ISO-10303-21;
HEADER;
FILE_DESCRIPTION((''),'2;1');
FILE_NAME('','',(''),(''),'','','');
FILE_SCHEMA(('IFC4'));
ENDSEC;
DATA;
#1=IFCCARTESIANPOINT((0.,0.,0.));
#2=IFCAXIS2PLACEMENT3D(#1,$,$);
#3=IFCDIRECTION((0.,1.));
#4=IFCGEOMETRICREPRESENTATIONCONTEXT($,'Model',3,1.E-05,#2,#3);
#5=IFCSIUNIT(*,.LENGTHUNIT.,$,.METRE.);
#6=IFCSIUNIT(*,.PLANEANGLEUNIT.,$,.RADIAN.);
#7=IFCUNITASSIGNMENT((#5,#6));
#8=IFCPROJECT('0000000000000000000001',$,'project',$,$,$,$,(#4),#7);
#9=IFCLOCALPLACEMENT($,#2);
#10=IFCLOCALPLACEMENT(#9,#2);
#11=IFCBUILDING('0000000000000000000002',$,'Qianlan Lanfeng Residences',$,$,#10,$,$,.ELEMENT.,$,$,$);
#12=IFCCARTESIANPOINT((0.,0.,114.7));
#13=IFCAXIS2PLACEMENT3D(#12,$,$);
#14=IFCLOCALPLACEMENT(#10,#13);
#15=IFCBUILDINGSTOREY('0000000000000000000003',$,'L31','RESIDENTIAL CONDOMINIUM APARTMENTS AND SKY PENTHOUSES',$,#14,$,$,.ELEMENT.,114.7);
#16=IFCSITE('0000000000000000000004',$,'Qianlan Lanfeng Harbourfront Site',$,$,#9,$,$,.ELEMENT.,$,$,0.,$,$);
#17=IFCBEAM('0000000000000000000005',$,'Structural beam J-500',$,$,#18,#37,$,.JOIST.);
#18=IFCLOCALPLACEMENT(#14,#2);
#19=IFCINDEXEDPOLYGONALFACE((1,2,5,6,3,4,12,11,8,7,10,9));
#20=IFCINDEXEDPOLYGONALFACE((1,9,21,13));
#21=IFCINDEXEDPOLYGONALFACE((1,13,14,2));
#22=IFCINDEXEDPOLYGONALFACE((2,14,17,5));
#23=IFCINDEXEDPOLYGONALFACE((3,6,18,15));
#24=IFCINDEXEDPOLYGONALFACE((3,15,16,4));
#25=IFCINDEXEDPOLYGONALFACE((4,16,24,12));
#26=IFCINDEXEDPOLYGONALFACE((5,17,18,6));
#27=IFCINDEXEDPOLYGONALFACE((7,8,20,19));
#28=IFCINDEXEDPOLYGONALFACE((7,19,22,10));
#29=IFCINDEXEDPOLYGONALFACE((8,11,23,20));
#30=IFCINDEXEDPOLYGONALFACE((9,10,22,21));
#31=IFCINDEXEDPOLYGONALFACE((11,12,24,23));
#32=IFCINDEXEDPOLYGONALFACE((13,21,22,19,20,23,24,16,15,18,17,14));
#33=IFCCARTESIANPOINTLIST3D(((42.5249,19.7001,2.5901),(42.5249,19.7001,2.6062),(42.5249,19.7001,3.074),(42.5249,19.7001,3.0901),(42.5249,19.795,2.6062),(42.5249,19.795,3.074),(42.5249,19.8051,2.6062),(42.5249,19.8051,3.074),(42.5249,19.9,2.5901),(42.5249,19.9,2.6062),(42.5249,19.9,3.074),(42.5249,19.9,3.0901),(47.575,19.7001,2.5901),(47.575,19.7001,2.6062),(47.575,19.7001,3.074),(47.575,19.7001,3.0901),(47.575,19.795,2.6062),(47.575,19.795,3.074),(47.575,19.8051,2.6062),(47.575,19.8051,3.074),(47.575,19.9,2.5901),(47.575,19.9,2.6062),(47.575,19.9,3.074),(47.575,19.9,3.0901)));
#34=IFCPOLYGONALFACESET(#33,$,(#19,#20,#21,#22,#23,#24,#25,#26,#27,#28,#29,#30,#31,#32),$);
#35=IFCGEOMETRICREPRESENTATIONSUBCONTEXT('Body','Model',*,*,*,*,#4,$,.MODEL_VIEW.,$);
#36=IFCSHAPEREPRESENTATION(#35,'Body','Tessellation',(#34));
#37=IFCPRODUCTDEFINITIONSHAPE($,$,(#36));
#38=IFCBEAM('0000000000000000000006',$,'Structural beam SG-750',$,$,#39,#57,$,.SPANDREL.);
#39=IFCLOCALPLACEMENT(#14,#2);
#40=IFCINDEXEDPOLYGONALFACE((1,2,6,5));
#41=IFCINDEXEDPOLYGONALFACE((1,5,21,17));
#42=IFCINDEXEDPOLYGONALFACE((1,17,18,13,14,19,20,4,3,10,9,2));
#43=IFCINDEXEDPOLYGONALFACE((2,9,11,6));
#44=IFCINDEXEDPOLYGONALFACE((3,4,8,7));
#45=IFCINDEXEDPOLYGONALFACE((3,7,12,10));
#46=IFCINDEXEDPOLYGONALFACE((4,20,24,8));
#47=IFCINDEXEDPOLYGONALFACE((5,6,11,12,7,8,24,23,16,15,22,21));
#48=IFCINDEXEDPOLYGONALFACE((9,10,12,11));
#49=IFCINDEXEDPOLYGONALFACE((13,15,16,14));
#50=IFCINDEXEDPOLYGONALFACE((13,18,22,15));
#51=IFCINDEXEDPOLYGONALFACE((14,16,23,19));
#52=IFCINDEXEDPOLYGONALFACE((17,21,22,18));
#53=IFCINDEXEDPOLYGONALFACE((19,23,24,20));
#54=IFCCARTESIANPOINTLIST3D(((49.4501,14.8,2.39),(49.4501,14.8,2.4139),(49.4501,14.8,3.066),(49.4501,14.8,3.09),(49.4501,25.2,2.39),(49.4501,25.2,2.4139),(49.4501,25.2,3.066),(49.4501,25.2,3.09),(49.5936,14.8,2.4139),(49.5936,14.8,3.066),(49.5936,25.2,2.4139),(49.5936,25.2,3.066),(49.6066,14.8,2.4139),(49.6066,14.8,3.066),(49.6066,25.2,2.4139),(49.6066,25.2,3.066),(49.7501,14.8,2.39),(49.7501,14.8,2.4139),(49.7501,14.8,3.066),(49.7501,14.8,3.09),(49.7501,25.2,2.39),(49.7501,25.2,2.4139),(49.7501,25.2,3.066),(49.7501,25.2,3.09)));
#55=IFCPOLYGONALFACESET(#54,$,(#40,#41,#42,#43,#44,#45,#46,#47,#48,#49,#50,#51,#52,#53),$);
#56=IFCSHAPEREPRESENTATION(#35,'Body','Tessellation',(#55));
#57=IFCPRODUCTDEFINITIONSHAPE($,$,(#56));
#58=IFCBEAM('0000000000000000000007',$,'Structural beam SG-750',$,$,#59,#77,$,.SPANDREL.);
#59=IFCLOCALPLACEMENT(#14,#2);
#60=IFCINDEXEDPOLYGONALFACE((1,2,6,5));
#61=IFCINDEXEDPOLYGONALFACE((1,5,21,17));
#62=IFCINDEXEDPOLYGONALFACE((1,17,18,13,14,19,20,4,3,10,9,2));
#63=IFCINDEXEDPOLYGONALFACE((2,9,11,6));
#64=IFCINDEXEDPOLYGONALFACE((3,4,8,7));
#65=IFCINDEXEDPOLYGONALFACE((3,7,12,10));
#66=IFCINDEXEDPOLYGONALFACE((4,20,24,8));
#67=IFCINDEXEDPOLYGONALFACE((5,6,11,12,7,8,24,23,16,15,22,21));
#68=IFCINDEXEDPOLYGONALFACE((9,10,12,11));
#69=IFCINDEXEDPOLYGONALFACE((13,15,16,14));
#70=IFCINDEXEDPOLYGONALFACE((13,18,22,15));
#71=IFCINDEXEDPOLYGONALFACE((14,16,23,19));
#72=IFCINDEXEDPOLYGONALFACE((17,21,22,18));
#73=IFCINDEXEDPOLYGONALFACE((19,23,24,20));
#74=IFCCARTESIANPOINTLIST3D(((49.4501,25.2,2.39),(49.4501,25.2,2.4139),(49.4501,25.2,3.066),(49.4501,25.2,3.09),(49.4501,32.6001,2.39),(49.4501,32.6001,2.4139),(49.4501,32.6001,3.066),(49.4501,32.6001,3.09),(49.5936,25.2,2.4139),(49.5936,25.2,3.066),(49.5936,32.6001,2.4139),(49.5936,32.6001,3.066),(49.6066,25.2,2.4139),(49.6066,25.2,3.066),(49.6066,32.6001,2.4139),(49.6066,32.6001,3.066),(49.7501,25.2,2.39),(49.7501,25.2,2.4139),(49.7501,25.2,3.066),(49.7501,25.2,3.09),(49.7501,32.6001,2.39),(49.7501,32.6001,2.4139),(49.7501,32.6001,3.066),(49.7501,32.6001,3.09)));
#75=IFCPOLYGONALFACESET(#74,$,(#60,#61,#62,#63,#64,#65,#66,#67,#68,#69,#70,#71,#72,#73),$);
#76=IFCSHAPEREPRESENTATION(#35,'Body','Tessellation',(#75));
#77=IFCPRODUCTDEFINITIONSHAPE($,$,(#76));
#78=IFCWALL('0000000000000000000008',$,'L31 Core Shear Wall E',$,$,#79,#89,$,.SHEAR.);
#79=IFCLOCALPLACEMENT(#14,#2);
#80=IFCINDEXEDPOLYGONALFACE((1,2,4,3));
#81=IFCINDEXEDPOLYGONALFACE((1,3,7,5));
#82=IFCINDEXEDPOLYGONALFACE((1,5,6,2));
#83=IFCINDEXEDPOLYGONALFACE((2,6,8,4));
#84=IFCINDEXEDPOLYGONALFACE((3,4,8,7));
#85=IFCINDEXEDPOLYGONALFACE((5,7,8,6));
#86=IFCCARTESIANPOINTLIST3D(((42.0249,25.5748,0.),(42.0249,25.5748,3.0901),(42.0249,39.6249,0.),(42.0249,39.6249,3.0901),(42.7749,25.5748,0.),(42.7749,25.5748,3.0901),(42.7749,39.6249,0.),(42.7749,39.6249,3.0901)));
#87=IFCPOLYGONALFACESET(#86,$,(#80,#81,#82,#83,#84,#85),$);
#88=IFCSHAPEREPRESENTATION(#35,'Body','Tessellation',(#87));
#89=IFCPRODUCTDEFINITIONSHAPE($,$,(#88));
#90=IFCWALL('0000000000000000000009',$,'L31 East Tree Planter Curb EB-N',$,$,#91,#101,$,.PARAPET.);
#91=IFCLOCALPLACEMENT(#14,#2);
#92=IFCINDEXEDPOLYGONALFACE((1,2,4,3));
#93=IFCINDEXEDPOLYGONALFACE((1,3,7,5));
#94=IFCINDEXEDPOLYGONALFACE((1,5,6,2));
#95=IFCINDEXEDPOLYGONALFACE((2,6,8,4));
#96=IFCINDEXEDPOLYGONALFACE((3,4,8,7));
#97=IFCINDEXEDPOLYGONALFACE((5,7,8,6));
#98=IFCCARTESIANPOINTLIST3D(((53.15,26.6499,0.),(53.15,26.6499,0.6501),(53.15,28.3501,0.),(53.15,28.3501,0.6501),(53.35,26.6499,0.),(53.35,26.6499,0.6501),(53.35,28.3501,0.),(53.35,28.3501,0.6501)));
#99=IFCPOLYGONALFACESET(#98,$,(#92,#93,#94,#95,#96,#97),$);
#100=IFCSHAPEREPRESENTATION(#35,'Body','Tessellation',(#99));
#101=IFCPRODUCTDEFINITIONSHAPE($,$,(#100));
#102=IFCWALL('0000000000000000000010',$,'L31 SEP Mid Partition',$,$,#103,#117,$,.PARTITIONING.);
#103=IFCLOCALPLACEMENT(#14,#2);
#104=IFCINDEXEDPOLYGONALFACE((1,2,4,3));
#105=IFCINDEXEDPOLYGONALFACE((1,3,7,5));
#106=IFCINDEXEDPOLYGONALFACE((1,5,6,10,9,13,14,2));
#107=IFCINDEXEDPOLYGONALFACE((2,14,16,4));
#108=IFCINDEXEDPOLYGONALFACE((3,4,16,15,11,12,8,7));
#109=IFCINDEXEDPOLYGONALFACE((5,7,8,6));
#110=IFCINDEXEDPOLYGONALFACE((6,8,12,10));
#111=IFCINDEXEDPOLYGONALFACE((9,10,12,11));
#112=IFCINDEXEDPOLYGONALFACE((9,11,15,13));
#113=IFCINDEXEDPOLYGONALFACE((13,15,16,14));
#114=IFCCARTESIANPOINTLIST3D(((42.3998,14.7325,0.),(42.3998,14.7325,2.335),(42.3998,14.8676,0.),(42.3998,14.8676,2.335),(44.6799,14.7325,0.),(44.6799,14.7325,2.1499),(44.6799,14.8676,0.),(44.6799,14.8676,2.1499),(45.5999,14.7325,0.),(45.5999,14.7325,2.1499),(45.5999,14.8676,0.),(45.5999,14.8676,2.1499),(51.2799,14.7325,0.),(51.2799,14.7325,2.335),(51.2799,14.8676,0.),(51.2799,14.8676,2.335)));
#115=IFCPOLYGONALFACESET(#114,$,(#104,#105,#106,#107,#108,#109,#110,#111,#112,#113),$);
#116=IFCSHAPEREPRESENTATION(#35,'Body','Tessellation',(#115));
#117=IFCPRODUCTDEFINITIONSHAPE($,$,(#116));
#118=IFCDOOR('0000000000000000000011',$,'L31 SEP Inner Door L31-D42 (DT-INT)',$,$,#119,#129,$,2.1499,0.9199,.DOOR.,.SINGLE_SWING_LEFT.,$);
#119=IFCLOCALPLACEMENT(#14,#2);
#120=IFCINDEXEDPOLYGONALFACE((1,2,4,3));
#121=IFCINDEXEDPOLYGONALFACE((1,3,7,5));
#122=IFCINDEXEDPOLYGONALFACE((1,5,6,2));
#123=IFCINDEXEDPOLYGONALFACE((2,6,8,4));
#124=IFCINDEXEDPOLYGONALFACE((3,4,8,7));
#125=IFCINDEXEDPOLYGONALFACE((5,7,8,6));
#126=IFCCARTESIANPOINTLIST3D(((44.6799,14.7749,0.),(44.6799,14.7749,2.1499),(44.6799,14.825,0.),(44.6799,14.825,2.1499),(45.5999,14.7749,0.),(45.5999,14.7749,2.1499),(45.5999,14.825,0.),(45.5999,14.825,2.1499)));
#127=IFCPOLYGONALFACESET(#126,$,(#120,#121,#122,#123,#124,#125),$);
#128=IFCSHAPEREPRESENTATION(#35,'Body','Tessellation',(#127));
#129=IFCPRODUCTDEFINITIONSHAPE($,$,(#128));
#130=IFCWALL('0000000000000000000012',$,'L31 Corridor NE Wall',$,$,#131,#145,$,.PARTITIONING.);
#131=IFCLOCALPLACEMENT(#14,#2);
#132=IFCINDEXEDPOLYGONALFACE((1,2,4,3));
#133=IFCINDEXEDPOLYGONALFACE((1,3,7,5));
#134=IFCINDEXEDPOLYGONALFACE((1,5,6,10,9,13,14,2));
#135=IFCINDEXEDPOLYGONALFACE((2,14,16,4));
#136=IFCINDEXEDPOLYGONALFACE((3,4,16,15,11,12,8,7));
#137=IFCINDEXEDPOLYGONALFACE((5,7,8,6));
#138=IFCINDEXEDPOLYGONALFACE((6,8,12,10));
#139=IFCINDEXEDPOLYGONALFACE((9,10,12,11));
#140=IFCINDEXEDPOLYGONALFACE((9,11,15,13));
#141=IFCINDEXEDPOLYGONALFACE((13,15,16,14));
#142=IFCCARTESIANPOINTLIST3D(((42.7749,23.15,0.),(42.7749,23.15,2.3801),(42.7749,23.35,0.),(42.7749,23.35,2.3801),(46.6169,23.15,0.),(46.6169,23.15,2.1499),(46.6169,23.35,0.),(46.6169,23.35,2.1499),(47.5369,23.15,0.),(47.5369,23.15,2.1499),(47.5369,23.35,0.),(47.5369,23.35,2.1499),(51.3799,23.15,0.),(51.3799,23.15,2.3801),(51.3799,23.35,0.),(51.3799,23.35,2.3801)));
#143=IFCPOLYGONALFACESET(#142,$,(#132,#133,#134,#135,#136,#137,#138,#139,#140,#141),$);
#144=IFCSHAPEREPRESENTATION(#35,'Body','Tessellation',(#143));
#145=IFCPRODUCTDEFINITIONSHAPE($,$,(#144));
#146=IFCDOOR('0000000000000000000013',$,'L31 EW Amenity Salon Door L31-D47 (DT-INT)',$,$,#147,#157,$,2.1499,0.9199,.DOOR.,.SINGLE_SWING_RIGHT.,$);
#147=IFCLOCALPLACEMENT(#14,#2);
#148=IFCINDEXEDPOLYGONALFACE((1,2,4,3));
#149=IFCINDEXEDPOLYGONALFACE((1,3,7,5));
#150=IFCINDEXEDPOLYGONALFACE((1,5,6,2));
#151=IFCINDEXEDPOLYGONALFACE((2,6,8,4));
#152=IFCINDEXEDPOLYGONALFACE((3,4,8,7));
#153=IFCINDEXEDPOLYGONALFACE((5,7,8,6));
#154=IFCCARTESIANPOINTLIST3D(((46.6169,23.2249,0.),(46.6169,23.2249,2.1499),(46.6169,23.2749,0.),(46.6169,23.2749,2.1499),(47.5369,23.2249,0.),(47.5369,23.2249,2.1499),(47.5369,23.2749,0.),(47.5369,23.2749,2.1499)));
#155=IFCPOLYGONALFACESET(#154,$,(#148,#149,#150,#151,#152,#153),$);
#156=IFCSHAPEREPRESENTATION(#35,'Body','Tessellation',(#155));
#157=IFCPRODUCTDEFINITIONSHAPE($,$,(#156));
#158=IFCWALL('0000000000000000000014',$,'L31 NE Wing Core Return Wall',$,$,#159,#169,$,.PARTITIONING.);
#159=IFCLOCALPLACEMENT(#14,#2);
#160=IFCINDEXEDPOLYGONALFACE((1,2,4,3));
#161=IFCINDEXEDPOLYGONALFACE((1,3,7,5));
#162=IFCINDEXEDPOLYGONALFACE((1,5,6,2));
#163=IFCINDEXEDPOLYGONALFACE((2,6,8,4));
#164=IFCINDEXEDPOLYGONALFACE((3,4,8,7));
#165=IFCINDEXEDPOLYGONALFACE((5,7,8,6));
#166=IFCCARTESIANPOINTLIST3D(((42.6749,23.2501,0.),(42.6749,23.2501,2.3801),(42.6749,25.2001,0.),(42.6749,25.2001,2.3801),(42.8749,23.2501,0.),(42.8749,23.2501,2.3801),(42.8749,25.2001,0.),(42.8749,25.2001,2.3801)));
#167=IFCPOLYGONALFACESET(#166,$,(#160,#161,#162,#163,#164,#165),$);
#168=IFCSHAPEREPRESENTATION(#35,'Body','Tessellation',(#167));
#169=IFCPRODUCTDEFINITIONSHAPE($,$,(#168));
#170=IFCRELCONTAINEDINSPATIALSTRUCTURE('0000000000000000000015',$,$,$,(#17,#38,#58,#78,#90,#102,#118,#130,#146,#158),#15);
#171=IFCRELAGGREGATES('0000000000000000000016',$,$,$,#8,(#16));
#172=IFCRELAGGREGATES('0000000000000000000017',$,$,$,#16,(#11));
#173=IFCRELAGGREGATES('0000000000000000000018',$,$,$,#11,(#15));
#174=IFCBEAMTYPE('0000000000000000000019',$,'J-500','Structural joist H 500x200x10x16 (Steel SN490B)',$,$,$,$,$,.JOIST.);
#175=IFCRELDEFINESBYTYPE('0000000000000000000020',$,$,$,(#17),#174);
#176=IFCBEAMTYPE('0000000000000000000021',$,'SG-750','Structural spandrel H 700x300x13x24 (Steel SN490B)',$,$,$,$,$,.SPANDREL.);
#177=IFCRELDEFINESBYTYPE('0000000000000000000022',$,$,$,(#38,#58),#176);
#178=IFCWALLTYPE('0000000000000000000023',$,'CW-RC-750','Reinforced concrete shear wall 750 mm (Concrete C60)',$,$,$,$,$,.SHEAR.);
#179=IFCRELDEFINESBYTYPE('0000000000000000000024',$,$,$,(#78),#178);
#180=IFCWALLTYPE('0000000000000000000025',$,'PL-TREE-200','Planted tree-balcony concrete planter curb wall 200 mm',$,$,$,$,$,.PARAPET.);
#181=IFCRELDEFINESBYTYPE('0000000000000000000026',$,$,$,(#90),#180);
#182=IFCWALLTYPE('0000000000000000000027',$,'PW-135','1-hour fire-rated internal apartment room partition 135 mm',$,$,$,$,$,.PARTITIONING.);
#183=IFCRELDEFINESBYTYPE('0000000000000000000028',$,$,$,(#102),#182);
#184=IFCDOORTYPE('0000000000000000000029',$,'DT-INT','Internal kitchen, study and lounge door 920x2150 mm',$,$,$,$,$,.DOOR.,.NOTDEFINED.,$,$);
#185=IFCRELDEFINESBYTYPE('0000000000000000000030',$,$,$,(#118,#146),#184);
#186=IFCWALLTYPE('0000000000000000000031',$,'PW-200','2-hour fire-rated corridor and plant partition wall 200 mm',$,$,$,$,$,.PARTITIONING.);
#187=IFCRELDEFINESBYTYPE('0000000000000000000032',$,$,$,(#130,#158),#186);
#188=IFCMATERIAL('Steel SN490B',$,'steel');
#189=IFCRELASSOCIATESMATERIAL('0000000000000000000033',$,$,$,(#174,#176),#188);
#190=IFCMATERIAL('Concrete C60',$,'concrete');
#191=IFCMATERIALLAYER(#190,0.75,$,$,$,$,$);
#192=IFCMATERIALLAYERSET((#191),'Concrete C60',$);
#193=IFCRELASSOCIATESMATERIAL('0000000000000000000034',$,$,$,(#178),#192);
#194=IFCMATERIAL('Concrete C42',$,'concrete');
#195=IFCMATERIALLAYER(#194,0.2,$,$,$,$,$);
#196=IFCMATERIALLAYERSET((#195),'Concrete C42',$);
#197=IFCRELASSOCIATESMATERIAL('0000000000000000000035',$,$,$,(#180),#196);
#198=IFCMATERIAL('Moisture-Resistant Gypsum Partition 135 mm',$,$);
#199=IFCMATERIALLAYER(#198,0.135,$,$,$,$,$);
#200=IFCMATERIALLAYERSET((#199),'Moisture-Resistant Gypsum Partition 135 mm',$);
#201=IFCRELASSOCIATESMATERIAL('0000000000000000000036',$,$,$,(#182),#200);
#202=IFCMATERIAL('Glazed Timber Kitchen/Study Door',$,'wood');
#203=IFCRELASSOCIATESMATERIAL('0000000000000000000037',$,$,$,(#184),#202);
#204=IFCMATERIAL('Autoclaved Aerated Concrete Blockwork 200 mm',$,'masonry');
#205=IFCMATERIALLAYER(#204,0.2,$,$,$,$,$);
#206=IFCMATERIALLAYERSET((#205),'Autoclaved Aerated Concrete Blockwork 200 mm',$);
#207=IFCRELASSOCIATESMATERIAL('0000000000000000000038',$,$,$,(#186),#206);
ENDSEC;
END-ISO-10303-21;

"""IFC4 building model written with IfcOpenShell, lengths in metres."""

from ifc_helpers import new_model, si_unit, direction, frame, frame_2d, origin, origin_2d, place, context, subcontext, project, spatial, rectangle, i_section, extrude, material, layer, layer_set, material_profile, profile_set, type_object, element, fill, save


model = new_model("IFC4")

# Units and contexts
model_context = context("Model", 3, precision=1e-05, world=origin(), true_north=direction((0.0, 1.0)))
body_context = subcontext(model_context, "Body", "Model", "MODEL_VIEW")
ifc_project = project(units=[si_unit("LENGTHUNIT", "METRE"), si_unit("PLANEANGLEUNIT", "RADIAN")], contexts=[model_context])

# Site, building, storey
site_placement = place(None, origin())
site = spatial("IfcSite", under=ifc_project, at=site_placement, Name="Qianlan Lanfeng Harbourfront Site", CompositionType="ELEMENT", RefElevation=0.0)
building_placement = place(site_placement, origin())
building = spatial("IfcBuilding", under=site, at=building_placement, Name="Qianlan Lanfeng Residences", CompositionType="ELEMENT")
storey_placement = place(building_placement, frame((0.0, 0.0, 114.7)))
storey = spatial("IfcBuildingStorey", under=building, at=storey_placement, Name="L31", Description="RESIDENTIAL CONDOMINIUM APARTMENTS AND SKY PENTHOUSES", CompositionType="ELEMENT", Elevation=114.7)

# Shared definitions
ifc_material_1 = material(Name="Steel SN490B", Category="steel")

# Beams
ifc_material_profile_1 = material_profile(ifc_material_1, i_section(OverallWidth=0.2, OverallDepth=0.5, WebThickness=0.01, FlangeThickness=0.0161, at=origin_2d()), Name="H 500x200x10x16")
ifc_profile_set_1 = profile_set([ifc_material_profile_1], Name="Steel SN490B")
beam_type_1 = type_object("IfcBeamType", Name="J-500", Description="Structural joist H 500x200x10x16 (Steel SN490B)", PredefinedType="JOIST", material=ifc_profile_set_1)
beam_1_placement = place(storey_placement, frame((42.5249, 19.8, 2.8401), z_axis=(1.0, 0.0, 0.0), x_axis=(0.0, 1.0, 0.0)))
element("IfcBeam", 1, at=beam_1_placement, inside=storey, type_object=beam_type_1, Name="Structural beam J-500", PredefinedType="JOIST", context=body_context, shape_type="SweptSolid", body=[
    extrude(i_section(OverallWidth=0.2, OverallDepth=0.5, WebThickness=0.01, FlangeThickness=0.0161, at=origin_2d()), origin(), (0.0, 0.0, 1.0), 5.05),
])
ifc_material_profile_2 = material_profile(ifc_material_1, i_section(OverallWidth=0.3, OverallDepth=0.7, WebThickness=0.0129, FlangeThickness=0.0239, at=origin_2d()), Name="H 700x300x13x24")
ifc_profile_set_2 = profile_set([ifc_material_profile_2], Name="Steel SN490B")
beam_type_2 = type_object("IfcBeamType", Name="SG-750", Description="Structural spandrel H 700x300x13x24 (Steel SN490B)", PredefinedType="SPANDREL", material=ifc_profile_set_2)
beam_2_placement = place(storey_placement, frame((49.6001, 14.8, 2.74), z_axis=(0.0, 1.0, 0.0), x_axis=(-1.0, 0.0, 0.0)))
element("IfcBeam", 2, at=beam_2_placement, inside=storey, type_object=beam_type_2, Name="Structural beam SG-750", PredefinedType="SPANDREL", context=body_context, shape_type="SweptSolid", body=[
    extrude(i_section(OverallWidth=0.3, OverallDepth=0.7, WebThickness=0.0129, FlangeThickness=0.0239, at=origin_2d()), origin(), (0.0, 0.0, 1.0), 10.3999),
])
beam_3_placement = place(storey_placement, frame((49.6001, 25.2, 2.74), z_axis=(0.0, 1.0, 0.0), x_axis=(-1.0, 0.0, 0.0)))
element("IfcBeam", 3, at=beam_3_placement, inside=storey, type_object=beam_type_2, Name="Structural beam SG-750", PredefinedType="SPANDREL", context=body_context, shape_type="SweptSolid", body=[
    extrude(i_section(OverallWidth=0.3, OverallDepth=0.7, WebThickness=0.0129, FlangeThickness=0.0239, at=origin_2d()), origin(), (0.0, 0.0, 1.0), 7.4001),
])

# Walls
ifc_material_2 = material(Name="Concrete C60", Category="concrete")
ifc_layer_1 = layer(ifc_material_2, 0.75)
ifc_layer_set_1 = layer_set([ifc_layer_1], Name="Concrete C60")
wall_type_1 = type_object("IfcWallType", Name="CW-RC-750", Description="Reinforced concrete shear wall 750 mm (Concrete C60)", PredefinedType="SHEAR", material=ifc_layer_set_1)
wall_1_placement = place(storey_placement, frame((42.3999, 25.575, 0.0), z_axis=(0.0, 0.0, 1.0), x_axis=(0.0, 1.0, 0.0)))
element("IfcWall", 4, at=wall_1_placement, inside=storey, type_object=wall_type_1, Name="L31 Core Shear Wall E", PredefinedType="SHEAR", context=body_context, shape_type="SweptSolid", body=[
    extrude(rectangle(XDim=14.05, YDim=0.75, at=frame_2d((7.0249, 0.0))), origin(), (0.0, 0.0, 1.0), 3.0901),
])
ifc_material_3 = material(Name="Concrete C42", Category="concrete")
ifc_layer_2 = layer(ifc_material_3, 0.2)
ifc_layer_set_2 = layer_set([ifc_layer_2], Name="Concrete C42")
wall_type_2 = type_object("IfcWallType", Name="PL-TREE-200", Description="Planted tree-balcony concrete planter curb wall 200 mm", PredefinedType="PARAPET", material=ifc_layer_set_2)
wall_2_placement = place(storey_placement, frame((53.25, 26.6499, 0.0), z_axis=(0.0, 0.0, 1.0), x_axis=(0.0, 1.0, 0.0)))
element("IfcWall", 5, at=wall_2_placement, inside=storey, type_object=wall_type_2, Name="L31 East Tree Planter Curb EB-N", PredefinedType="PARAPET", context=body_context, shape_type="SweptSolid", body=[
    extrude(rectangle(XDim=1.7002, YDim=0.2, at=frame_2d((0.8501, 0.0))), origin(), (0.0, 0.0, 1.0), 0.6501),
])

# Walls, openings, doors
ifc_material_4 = material(Name="Moisture-Resistant Gypsum Partition 135 mm")
ifc_layer_3 = layer(ifc_material_4, 0.135)
ifc_layer_set_3 = layer_set([ifc_layer_3], Name="Moisture-Resistant Gypsum Partition 135 mm")
wall_type_3 = type_object("IfcWallType", Name="PW-135", Description="1-hour fire-rated internal apartment room partition 135 mm", PredefinedType="PARTITIONING", material=ifc_layer_set_3)
wall_3_placement = place(storey_placement, frame((42.3999, 14.8, 0.0), z_axis=(0.0, 0.0, 1.0), x_axis=(1.0, 0.0, 0.0)))
wall_3 = element("IfcWall", 6, at=wall_3_placement, inside=storey, type_object=wall_type_3, Name="L31 SEP Mid Partition", PredefinedType="PARTITIONING", context=body_context, shape_type="SweptSolid", body=[
    extrude(rectangle(XDim=8.8801, YDim=0.135, at=frame_2d((4.4399, 0.0))), origin(), (0.0, 0.0, 1.0), 2.335),
])
opening_1_placement = place(wall_3_placement, frame((2.28, 0.0, 0.0)))
opening_1 = element("IfcOpeningElement", 7, at=opening_1_placement, cuts=wall_3, PredefinedType="OPENING", context=body_context, shape_type="SweptSolid", body=[
    extrude(rectangle(XDim=0.9199, YDim=2.1499, at=frame_2d((0.46, 1.075))), frame((0.0, 0.0776, 0.0), z_axis=(0.0, -1.0, 0.0), x_axis=(1.0, 0.0, 0.0)), (0.0, 0.0, 1.0), 0.155),
])
ifc_material_5 = material(Name="Glazed Timber Kitchen/Study Door", Category="wood")
door_type = type_object("IfcDoorType", Name="DT-INT", Description="Internal kitchen, study and lounge door 920x2150 mm", OperationType="NOTDEFINED", PredefinedType="DOOR", material=ifc_material_5)
door_1_placement = place(opening_1_placement, origin())
door_1 = element("IfcDoor", 8, at=door_1_placement, inside=storey, type_object=door_type, Name="L31 SEP Inner Door L31-D42 (DT-INT)", OperationType="SINGLE_SWING_LEFT", OverallHeight=2.1499, OverallWidth=0.9199, PredefinedType="DOOR", context=body_context, shape_type="SweptSolid", body=[
    extrude(rectangle(XDim=0.9199, YDim=2.1499, at=frame_2d((0.46, 1.075))), frame((0.0, 0.0249, 0.0), z_axis=(0.0, -1.0, 0.0), x_axis=(1.0, 0.0, 0.0)), (0.0, 0.0, 1.0), 0.05),
])
fill(opening_1, door_1)
ifc_material_6 = material(Name="Autoclaved Aerated Concrete Blockwork 200 mm", Category="masonry")
ifc_layer_4 = layer(ifc_material_6, 0.2)
ifc_layer_set_4 = layer_set([ifc_layer_4], Name="Autoclaved Aerated Concrete Blockwork 200 mm")
wall_type_4 = type_object("IfcWallType", Name="PW-200", Description="2-hour fire-rated corridor and plant partition wall 200 mm", PredefinedType="PARTITIONING", material=ifc_layer_set_4)
wall_4_placement = place(storey_placement, frame((42.7749, 23.25, 0.0), z_axis=(0.0, 0.0, 1.0), x_axis=(1.0, 0.0, 0.0)))
wall_4 = element("IfcWall", 9, at=wall_4_placement, inside=storey, type_object=wall_type_4, Name="L31 Corridor NE Wall", PredefinedType="PARTITIONING", context=body_context, shape_type="SweptSolid", body=[
    extrude(rectangle(XDim=8.605, YDim=0.2, at=frame_2d((4.3025, 0.0))), origin(), (0.0, 0.0, 1.0), 2.3801),
])
opening_2_placement = place(wall_4_placement, frame((3.842, 0.0, 0.0)))
opening_2 = element("IfcOpeningElement", 10, at=opening_2_placement, cuts=wall_4, PredefinedType="OPENING", context=body_context, shape_type="SweptSolid", body=[
    extrude(rectangle(XDim=0.9199, YDim=2.1499, at=frame_2d((0.46, 1.075))), frame((0.0, 0.1099, 0.0), z_axis=(0.0, -1.0, 0.0), x_axis=(1.0, 0.0, 0.0)), (0.0, 0.0, 1.0), 0.22),
])
door_2_placement = place(opening_2_placement, origin())
door_2 = element("IfcDoor", 11, at=door_2_placement, inside=storey, type_object=door_type, Name="L31 EW Amenity Salon Door L31-D47 (DT-INT)", OperationType="SINGLE_SWING_RIGHT", OverallHeight=2.1499, OverallWidth=0.9199, PredefinedType="DOOR", context=body_context, shape_type="SweptSolid", body=[
    extrude(rectangle(XDim=0.9199, YDim=2.1499, at=frame_2d((0.46, 1.075))), frame((0.0, 0.0249, 0.0), z_axis=(0.0, -1.0, 0.0), x_axis=(1.0, 0.0, 0.0)), (0.0, 0.0, 1.0), 0.05),
])
fill(opening_2, door_2)

# Wall
wall_5_placement = place(storey_placement, frame((42.7749, 23.25, 0.0), z_axis=(0.0, 0.0, 1.0), x_axis=(0.0, 1.0, 0.0)))
element("IfcWall", 12, at=wall_5_placement, inside=storey, type_object=wall_type_4, Name="L31 NE Wing Core Return Wall", PredefinedType="PARTITIONING", context=body_context, shape_type="SweptSolid", body=[
    extrude(rectangle(XDim=1.95, YDim=0.2, at=frame_2d((0.9751, 0.0))), origin(), (0.0, 0.0, 1.0), 2.3801),
])

save(model, "model.ifc")
